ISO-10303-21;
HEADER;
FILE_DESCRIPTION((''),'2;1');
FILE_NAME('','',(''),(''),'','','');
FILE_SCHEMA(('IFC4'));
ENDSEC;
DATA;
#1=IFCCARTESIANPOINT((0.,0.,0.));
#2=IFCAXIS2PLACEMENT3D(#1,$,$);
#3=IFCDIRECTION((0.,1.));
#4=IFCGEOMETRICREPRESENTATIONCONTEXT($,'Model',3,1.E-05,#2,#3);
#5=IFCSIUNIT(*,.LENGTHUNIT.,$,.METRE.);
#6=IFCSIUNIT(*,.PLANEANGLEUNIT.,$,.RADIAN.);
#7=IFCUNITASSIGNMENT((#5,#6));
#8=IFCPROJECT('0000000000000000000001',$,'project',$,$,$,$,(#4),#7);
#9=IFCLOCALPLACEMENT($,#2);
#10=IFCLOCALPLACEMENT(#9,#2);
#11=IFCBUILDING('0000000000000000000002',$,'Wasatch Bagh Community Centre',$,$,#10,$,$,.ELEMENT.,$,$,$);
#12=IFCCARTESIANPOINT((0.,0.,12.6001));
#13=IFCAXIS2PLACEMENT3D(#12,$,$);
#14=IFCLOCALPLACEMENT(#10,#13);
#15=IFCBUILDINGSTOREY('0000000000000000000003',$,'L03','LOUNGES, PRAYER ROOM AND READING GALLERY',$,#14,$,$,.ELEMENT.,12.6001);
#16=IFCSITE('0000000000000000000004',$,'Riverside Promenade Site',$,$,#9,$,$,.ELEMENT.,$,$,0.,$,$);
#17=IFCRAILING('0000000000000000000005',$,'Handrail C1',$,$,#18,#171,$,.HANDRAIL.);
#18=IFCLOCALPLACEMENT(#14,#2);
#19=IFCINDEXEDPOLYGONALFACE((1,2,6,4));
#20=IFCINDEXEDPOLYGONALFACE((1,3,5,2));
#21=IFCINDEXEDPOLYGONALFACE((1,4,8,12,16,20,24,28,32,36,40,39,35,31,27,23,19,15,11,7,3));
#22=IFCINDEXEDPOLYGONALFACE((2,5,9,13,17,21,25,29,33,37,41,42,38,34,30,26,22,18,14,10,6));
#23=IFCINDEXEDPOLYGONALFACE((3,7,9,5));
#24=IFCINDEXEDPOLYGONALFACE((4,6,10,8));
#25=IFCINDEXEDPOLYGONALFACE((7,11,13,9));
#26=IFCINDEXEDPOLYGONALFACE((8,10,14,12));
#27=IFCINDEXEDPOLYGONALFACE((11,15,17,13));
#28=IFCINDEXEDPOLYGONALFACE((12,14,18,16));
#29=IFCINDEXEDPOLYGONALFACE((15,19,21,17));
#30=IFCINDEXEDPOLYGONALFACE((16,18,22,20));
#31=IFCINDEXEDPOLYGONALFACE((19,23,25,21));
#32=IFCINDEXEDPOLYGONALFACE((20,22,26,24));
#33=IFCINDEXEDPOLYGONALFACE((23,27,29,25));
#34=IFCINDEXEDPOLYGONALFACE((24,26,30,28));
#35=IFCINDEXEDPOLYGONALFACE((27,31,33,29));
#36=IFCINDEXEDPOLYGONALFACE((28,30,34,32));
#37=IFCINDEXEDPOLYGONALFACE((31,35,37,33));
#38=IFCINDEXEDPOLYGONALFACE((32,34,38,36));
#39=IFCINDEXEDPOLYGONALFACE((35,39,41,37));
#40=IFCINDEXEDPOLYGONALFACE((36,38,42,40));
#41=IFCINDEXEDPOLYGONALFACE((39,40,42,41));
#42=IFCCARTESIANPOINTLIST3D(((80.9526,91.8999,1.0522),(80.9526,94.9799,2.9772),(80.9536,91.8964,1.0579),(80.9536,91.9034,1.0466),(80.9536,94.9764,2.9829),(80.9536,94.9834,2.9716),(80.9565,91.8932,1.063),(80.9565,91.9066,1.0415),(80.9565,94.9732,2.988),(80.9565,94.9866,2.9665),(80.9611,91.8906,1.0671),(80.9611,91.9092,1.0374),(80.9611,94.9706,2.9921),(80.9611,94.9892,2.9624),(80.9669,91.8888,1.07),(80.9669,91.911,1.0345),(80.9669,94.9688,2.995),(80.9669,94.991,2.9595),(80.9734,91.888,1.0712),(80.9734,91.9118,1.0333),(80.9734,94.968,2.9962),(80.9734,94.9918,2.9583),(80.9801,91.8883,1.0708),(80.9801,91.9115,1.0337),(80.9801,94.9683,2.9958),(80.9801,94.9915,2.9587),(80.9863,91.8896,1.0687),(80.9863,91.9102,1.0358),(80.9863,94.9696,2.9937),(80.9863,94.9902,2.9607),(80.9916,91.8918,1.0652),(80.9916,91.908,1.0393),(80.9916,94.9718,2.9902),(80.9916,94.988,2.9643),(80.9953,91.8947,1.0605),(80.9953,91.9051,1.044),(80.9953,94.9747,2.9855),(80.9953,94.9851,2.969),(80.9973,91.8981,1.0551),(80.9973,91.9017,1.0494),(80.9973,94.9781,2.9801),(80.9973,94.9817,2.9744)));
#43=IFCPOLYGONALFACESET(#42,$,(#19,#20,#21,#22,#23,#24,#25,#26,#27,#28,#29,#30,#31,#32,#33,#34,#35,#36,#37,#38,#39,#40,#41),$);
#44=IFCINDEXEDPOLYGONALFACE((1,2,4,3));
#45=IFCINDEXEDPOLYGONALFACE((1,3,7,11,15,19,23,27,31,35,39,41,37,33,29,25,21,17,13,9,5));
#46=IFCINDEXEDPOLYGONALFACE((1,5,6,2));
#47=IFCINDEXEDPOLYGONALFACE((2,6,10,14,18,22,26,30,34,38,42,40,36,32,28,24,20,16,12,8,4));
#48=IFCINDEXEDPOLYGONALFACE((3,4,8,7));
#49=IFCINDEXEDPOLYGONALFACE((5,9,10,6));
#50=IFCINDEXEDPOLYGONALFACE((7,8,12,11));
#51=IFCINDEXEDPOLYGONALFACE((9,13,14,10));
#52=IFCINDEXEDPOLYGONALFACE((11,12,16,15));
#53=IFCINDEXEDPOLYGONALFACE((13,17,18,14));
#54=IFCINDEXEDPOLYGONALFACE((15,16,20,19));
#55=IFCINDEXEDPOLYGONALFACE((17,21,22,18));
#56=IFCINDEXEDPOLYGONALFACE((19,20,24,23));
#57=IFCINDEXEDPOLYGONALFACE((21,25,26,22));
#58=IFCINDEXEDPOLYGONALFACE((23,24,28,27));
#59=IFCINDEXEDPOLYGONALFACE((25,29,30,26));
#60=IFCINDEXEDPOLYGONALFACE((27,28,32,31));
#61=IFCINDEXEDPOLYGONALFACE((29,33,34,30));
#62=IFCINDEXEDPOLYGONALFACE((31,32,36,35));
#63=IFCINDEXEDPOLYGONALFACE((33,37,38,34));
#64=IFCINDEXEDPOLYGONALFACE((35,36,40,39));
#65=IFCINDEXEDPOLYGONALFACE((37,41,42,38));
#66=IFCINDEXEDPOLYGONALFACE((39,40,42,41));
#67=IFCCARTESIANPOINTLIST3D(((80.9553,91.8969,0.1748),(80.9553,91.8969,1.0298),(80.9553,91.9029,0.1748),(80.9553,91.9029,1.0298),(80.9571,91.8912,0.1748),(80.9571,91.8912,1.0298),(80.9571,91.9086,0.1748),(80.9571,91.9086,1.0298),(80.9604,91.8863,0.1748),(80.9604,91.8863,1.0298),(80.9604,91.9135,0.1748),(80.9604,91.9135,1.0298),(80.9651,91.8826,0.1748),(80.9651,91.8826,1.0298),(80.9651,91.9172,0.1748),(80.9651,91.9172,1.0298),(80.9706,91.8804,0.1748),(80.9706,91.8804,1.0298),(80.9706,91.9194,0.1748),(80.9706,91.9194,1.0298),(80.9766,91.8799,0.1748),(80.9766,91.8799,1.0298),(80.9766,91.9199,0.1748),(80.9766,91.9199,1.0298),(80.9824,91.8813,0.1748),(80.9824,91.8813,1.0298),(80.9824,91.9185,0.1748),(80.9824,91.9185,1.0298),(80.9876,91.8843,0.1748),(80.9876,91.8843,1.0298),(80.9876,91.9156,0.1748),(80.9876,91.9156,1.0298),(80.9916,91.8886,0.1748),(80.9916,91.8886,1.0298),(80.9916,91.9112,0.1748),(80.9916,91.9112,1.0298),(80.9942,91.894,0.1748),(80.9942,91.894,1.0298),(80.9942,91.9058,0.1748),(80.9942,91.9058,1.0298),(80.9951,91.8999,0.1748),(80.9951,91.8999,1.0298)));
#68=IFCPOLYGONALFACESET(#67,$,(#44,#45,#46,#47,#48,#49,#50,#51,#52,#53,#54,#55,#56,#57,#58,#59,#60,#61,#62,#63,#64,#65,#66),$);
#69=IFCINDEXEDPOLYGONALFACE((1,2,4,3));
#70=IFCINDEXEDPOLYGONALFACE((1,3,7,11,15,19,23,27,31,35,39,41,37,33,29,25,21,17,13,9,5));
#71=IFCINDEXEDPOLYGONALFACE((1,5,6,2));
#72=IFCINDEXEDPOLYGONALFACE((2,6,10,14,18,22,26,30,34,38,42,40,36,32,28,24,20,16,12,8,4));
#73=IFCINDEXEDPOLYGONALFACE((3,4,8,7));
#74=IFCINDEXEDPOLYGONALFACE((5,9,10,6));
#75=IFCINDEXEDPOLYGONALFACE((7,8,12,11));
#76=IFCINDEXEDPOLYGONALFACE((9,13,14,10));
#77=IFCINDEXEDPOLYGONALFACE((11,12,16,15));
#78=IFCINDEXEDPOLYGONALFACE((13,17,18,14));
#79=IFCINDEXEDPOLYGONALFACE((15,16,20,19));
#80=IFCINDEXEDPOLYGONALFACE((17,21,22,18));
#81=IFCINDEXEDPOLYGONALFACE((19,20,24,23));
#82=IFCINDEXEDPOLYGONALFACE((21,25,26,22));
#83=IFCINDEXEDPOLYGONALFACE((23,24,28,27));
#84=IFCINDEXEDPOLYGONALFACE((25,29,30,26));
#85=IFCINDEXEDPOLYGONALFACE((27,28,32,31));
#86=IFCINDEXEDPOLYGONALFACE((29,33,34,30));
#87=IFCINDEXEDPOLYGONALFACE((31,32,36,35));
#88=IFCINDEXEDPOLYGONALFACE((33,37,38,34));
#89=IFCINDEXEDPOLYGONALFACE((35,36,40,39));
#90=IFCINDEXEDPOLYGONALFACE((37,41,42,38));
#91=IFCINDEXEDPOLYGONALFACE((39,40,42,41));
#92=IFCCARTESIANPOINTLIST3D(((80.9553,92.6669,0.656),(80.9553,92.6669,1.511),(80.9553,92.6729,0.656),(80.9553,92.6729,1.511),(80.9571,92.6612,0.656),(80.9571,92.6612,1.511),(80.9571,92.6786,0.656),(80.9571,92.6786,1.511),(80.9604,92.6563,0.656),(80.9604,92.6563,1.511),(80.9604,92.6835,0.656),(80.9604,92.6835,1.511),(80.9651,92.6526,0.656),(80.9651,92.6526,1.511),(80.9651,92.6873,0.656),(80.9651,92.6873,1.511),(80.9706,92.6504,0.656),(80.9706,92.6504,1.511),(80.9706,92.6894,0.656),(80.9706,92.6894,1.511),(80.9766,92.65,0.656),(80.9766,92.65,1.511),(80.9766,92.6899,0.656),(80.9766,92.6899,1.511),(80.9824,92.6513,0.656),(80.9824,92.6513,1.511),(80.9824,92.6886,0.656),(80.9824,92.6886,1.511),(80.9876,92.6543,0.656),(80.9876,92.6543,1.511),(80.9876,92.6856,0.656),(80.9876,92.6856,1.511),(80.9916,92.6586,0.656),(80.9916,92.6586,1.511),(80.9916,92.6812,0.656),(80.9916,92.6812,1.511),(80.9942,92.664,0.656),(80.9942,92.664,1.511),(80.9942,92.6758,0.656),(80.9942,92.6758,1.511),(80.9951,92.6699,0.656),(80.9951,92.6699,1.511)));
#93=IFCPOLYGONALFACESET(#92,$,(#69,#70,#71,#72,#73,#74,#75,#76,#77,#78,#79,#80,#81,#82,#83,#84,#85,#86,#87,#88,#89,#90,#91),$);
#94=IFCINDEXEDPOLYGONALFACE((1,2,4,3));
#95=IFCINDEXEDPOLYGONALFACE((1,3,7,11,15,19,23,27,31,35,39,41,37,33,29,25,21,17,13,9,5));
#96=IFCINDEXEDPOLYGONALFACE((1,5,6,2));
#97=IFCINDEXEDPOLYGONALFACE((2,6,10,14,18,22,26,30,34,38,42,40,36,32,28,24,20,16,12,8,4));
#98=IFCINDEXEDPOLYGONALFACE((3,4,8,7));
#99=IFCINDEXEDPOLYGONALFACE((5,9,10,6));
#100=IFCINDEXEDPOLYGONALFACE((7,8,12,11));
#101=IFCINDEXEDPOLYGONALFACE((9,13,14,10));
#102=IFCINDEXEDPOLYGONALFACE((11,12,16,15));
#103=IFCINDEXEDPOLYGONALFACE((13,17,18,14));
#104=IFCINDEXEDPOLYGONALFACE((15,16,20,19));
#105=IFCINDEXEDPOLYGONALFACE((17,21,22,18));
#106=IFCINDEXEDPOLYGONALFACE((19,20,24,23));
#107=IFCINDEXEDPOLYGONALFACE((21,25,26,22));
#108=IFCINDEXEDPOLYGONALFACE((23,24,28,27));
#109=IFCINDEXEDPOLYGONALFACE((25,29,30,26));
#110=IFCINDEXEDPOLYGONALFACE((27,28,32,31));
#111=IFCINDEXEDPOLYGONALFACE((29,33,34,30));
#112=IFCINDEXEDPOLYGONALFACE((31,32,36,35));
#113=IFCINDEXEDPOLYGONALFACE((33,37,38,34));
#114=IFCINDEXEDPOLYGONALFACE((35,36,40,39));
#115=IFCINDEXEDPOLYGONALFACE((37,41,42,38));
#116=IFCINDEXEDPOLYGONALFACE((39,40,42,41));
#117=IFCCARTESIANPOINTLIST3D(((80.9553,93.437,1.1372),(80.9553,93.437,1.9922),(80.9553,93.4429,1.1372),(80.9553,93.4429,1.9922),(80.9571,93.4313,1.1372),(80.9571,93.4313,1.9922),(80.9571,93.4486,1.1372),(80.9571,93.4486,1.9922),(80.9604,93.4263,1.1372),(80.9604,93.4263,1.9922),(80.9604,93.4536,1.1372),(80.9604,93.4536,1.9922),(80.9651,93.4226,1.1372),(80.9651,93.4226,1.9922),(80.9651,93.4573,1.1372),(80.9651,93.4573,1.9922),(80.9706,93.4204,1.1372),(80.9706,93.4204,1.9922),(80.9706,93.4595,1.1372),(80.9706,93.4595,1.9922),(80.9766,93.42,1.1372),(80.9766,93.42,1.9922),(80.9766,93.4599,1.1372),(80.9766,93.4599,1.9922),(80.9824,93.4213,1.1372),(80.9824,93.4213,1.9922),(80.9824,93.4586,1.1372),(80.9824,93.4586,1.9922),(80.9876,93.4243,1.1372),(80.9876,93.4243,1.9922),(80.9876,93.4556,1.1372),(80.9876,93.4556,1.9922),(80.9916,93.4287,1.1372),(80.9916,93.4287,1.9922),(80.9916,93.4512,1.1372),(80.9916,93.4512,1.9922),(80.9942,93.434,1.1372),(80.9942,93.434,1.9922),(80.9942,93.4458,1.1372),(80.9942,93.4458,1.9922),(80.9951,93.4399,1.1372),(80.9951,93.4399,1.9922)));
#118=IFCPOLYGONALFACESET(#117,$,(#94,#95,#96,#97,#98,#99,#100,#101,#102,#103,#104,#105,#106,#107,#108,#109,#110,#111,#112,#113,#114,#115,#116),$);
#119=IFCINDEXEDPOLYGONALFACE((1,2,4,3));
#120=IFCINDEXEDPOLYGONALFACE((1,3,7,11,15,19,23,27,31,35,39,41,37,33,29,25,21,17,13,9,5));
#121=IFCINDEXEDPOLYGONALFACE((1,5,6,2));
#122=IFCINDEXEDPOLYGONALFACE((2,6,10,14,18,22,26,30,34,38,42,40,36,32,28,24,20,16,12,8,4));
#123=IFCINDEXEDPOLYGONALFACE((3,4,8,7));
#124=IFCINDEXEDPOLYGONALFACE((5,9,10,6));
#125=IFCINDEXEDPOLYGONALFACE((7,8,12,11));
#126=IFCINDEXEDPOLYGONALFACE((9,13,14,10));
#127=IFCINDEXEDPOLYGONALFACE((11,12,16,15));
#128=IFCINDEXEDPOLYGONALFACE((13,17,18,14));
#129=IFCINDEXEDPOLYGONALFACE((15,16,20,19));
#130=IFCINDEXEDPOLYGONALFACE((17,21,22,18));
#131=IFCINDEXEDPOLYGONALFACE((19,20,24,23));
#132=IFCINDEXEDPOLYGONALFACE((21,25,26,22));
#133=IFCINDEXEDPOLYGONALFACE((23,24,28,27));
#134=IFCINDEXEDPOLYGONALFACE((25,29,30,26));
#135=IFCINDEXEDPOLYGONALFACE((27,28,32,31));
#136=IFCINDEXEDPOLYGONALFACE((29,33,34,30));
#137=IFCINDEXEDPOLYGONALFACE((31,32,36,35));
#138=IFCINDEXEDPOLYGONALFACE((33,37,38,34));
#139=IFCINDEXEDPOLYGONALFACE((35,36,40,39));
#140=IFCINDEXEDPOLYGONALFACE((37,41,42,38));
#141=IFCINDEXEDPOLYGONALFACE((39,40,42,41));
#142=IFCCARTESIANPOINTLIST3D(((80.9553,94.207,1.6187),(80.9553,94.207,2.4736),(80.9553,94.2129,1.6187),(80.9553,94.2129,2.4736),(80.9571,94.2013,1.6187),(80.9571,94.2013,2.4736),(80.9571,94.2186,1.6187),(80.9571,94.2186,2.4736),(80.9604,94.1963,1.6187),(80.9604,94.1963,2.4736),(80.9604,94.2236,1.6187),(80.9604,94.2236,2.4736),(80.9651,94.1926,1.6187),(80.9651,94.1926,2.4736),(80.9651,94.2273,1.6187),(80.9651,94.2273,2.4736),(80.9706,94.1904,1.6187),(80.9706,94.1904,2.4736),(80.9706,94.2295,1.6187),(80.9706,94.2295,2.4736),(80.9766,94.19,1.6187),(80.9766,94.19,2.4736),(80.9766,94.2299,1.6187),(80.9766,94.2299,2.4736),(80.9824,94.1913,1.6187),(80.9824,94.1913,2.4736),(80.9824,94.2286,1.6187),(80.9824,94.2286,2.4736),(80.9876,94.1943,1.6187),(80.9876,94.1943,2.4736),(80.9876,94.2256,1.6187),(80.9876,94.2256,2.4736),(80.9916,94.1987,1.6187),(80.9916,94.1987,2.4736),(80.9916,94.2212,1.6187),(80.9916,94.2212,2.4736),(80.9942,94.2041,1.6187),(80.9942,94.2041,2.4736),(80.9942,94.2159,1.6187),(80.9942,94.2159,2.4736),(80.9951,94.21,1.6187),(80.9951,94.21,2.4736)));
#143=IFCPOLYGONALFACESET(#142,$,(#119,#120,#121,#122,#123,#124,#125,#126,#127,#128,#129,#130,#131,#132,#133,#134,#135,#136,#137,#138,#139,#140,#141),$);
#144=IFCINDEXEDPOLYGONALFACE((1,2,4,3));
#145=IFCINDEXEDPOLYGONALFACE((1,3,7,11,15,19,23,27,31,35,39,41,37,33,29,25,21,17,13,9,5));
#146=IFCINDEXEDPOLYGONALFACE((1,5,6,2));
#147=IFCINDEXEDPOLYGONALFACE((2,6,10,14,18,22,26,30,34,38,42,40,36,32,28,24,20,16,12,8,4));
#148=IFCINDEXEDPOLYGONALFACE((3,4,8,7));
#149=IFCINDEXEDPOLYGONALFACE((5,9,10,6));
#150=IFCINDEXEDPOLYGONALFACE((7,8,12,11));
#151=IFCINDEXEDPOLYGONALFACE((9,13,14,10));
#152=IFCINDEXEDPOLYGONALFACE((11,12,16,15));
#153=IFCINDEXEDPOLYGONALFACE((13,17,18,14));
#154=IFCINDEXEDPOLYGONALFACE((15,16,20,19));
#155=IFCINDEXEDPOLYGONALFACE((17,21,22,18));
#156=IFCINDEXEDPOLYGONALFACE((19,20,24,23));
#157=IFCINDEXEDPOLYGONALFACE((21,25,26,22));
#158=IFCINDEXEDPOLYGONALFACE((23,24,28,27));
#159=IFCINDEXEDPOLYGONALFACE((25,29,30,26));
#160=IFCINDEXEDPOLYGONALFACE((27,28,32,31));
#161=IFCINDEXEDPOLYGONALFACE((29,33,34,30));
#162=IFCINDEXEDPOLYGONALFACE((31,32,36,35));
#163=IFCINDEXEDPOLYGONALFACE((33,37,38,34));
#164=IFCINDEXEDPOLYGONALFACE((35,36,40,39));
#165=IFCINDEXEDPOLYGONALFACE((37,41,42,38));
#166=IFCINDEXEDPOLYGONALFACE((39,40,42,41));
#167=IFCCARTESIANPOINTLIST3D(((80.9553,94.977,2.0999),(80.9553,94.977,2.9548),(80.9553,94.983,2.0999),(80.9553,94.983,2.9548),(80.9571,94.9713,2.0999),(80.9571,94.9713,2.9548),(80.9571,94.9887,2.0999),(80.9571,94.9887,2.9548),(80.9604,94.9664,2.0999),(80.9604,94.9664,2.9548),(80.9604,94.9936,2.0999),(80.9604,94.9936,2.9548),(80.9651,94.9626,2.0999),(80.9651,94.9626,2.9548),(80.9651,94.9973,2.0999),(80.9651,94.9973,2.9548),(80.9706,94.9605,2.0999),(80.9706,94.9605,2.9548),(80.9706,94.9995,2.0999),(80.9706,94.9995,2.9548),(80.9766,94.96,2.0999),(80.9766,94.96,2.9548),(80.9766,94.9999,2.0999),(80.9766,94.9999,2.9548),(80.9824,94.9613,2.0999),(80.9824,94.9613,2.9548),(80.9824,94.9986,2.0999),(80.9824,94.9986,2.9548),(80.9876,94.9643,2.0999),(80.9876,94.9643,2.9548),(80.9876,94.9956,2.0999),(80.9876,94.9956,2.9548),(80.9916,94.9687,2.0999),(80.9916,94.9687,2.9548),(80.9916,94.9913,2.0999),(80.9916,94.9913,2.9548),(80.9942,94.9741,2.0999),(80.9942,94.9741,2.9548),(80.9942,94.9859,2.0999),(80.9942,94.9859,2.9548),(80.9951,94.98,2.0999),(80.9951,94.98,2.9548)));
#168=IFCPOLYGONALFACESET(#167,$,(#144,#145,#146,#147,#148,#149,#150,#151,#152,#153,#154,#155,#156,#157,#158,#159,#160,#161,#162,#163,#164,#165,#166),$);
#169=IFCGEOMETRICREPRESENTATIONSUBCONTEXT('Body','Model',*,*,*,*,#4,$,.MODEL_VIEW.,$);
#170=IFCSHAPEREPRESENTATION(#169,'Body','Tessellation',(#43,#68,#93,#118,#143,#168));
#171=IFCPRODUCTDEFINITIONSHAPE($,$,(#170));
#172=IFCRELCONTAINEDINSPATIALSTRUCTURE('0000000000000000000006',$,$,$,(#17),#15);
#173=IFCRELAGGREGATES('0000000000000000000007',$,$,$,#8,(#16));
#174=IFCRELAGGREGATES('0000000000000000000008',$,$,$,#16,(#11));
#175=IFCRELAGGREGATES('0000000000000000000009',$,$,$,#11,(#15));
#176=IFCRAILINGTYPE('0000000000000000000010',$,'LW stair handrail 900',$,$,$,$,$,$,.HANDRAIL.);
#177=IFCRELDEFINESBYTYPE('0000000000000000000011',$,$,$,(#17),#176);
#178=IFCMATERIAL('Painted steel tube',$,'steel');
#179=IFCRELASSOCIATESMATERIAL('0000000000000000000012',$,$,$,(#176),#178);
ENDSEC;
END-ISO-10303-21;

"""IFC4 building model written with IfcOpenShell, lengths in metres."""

from ifc_helpers import new_model, si_unit, direction, frame, origin, origin_2d, place, context, subcontext, project, spatial, circle, extrude, material, type_object, element, save


model = new_model("IFC4")

# Units and contexts
model_context = context("Model", 3, precision=1e-05, world=origin(), true_north=direction((0.0, 1.0)))
body_context = subcontext(model_context, "Body", "Model", "MODEL_VIEW")
ifc_project = project(units=[si_unit("LENGTHUNIT", "METRE"), si_unit("PLANEANGLEUNIT", "RADIAN")], contexts=[model_context])

# Site, building, storey
site_placement = place(None, origin())
site = spatial("IfcSite", under=ifc_project, at=site_placement, Name="Riverside Promenade Site", CompositionType="ELEMENT", RefElevation=0.0)
building_placement = place(site_placement, origin())
building = spatial("IfcBuilding", under=site, at=building_placement, Name="Wasatch Bagh Community Centre", CompositionType="ELEMENT")
storey_placement = place(building_placement, frame((0.0, 0.0, 12.6001)))
storey = spatial("IfcBuildingStorey", under=building, at=storey_placement, Name="L03", Description="LOUNGES, PRAYER ROOM AND READING GALLERY", CompositionType="ELEMENT", Elevation=12.6001)

# Railing
ifc_material_1 = material(Name="Painted steel tube", Category="steel")
railing_type_1 = type_object("IfcRailingType", Name="LW stair handrail 900", PredefinedType="HANDRAIL", material=ifc_material_1)
for number, where, name in (
    (1, (80.9751, 91.8999, 0.1748), "Handrail C1"),
):
    element("IfcRailing", number, at=place(storey_placement, frame(where)), inside=storey, type_object=railing_type_1, Name=name, PredefinedType="HANDRAIL", context=body_context, shape_type="SweptSolid", body=[
        extrude(circle(Radius=0.0225, at=origin_2d()), frame((0.0, 0.0, 0.8774), z_axis=(0.0, 0.847998, 0.529999), x_axis=(-1.0, 0.0, 0.0)), (0.0, 0.0, 1.0), 3.6321),
        extrude(circle(Radius=0.02, at=origin_2d()), origin(), (0.0, 0.0, 1.0), 0.855),
        extrude(circle(Radius=0.02, at=origin_2d()), frame((0.0, 0.77, 0.4812)), (0.0, 0.0, 1.0), 0.855),
        extrude(circle(Radius=0.02, at=origin_2d()), frame((0.0, 1.54, 0.9624)), (0.0, 0.0, 1.0), 0.855),
        extrude(circle(Radius=0.02, at=origin_2d()), frame((0.0, 2.3101, 1.4438)), (0.0, 0.0, 1.0), 0.855),
        extrude(circle(Radius=0.02, at=origin_2d()), frame((0.0, 3.0801, 1.925)), (0.0, 0.0, 1.0), 0.855),
    ])

save(model, "model.ifc")
